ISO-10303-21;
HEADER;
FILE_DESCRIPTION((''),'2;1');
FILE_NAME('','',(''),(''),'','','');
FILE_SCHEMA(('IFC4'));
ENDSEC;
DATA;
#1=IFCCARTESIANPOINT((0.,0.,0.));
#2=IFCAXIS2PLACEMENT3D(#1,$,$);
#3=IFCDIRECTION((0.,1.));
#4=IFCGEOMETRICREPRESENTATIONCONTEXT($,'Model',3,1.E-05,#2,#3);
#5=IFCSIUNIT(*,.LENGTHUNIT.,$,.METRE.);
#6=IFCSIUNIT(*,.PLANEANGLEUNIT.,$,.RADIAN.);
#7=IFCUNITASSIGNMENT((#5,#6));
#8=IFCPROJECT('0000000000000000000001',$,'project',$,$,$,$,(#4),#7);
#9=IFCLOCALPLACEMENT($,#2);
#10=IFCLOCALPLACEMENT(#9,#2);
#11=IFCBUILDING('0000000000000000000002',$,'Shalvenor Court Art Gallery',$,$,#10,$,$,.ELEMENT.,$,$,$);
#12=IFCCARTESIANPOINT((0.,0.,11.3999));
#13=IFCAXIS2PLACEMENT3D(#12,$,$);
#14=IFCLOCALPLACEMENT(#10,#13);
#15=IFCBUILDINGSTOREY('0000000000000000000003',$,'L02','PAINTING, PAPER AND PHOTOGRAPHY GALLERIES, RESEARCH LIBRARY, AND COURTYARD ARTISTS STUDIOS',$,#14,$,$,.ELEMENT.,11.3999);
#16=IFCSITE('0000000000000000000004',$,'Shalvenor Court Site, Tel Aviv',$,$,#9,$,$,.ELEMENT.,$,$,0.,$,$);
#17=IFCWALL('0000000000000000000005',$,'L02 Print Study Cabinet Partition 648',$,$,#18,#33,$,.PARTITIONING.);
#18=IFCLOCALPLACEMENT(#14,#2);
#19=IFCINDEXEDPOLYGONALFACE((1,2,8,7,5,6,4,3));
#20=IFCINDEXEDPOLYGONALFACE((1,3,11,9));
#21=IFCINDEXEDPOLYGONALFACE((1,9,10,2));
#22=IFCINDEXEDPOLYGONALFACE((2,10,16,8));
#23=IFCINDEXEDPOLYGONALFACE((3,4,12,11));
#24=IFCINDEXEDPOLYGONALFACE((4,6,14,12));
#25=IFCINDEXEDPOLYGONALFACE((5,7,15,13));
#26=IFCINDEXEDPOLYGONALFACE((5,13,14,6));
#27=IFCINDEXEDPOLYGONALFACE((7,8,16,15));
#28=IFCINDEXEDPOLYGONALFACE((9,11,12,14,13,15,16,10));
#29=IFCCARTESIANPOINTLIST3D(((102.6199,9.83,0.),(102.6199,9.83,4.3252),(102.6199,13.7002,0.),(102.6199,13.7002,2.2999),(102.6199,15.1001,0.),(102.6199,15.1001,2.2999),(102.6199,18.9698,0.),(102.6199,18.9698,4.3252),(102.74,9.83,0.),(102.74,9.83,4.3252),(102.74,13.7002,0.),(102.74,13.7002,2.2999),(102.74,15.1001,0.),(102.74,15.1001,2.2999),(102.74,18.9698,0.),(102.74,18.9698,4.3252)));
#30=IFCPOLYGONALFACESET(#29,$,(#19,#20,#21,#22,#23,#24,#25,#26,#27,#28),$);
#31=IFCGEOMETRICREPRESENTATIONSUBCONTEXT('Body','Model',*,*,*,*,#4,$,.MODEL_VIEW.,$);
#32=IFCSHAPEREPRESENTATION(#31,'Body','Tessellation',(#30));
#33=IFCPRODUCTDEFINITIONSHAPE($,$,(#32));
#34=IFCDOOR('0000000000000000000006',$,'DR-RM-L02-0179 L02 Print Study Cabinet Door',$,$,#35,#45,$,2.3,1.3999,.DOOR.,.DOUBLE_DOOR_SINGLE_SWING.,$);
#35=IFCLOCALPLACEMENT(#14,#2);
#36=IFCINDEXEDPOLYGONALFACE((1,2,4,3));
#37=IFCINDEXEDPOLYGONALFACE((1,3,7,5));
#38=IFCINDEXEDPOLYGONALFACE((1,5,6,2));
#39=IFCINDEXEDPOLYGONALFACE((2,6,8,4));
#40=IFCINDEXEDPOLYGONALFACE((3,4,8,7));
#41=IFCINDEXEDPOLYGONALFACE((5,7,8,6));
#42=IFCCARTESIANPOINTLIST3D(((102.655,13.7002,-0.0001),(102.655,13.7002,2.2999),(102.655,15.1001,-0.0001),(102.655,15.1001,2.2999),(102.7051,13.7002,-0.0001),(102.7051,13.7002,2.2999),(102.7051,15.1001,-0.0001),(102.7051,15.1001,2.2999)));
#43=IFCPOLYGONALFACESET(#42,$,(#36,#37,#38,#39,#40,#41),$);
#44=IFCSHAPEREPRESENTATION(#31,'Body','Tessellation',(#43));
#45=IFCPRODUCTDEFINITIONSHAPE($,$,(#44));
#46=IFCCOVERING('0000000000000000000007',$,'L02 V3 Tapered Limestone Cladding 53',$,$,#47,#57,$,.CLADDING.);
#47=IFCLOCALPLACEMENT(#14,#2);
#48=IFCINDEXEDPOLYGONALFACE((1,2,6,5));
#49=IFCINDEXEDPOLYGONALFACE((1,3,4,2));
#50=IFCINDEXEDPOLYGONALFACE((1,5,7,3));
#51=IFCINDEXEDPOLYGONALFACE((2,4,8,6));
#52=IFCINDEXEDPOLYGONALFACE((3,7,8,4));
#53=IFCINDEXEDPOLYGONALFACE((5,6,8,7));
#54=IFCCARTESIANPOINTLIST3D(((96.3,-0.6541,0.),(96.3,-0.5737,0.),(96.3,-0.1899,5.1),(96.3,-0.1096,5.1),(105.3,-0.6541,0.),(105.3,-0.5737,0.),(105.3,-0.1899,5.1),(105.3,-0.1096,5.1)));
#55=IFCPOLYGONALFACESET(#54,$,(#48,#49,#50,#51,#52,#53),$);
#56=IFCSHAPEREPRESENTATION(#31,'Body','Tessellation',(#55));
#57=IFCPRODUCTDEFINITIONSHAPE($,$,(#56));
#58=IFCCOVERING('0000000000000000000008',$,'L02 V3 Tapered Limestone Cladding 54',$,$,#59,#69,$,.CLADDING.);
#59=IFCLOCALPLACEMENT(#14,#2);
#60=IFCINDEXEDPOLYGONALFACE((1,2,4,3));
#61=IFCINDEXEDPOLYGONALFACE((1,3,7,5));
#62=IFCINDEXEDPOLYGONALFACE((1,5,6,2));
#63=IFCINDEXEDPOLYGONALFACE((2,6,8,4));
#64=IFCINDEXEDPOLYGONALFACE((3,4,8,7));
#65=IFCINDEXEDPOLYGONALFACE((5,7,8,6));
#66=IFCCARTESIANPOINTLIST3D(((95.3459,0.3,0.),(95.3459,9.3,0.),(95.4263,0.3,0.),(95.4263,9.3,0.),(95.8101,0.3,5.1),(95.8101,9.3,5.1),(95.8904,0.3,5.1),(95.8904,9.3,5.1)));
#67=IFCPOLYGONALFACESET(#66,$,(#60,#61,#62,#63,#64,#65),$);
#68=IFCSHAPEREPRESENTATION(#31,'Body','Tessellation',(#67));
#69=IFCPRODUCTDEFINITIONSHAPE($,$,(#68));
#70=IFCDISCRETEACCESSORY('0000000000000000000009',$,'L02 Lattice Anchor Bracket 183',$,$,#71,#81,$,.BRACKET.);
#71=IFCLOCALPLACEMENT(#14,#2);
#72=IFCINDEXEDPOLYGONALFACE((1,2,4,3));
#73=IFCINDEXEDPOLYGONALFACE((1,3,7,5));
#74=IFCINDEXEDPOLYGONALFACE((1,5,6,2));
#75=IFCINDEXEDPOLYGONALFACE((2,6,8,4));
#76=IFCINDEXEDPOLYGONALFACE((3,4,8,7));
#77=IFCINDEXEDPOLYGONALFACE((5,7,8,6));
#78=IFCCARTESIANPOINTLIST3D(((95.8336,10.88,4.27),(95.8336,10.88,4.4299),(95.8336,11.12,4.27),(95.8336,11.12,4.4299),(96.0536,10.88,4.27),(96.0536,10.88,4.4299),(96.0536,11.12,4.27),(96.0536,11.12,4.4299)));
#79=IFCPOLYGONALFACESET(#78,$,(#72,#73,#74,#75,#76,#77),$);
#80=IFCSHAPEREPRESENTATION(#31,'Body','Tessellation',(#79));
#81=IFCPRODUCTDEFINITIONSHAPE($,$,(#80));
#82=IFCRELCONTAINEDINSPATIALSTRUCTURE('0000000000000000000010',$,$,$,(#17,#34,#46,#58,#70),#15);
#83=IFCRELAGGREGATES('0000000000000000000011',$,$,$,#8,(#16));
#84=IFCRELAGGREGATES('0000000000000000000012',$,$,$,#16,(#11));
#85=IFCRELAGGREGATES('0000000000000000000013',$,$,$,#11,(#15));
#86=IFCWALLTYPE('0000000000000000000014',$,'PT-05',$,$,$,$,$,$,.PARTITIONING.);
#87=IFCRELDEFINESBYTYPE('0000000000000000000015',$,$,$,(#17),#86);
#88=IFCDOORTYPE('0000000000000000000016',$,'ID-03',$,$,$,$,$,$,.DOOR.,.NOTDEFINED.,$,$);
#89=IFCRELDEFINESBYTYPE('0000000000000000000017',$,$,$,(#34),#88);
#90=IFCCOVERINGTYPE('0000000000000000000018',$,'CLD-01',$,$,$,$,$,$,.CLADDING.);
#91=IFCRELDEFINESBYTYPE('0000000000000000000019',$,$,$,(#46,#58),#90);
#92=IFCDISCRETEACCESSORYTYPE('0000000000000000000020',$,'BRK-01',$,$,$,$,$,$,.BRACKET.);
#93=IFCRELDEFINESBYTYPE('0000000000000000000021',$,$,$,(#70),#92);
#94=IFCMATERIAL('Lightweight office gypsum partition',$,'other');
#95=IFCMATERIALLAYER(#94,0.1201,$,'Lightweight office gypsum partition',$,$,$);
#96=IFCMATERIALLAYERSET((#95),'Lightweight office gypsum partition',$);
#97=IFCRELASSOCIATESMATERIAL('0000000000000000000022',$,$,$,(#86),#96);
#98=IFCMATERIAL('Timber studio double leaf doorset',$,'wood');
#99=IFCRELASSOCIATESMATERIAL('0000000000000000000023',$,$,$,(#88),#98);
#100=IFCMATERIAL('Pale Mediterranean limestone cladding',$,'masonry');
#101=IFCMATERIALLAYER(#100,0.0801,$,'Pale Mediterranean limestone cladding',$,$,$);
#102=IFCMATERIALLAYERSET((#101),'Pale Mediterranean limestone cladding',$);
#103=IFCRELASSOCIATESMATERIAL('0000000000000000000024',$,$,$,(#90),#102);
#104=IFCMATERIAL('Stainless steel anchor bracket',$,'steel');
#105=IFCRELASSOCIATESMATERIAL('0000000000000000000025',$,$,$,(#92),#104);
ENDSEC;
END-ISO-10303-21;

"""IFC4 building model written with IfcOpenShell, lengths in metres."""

from ifc_helpers import new_model, si_unit, direction, frame, frame_2d, origin, origin_2d, place, context, subcontext, project, spatial, polyline, rectangle, outline, extrude, material, layer, layer_set, type_object, element, fill, save


model = new_model("IFC4")

# Units and contexts
model_context = context("Model", 3, precision=1e-05, world=origin(), true_north=direction((0.0, 1.0)))
body_context = subcontext(model_context, "Body", "Model", "MODEL_VIEW")
ifc_project = project(units=[si_unit("LENGTHUNIT", "METRE"), si_unit("PLANEANGLEUNIT", "RADIAN")], contexts=[model_context])

# Site, building, storey
site_placement = place(None, origin())
site = spatial("IfcSite", under=ifc_project, at=site_placement, Name="Shalvenor Court Site, Tel Aviv", CompositionType="ELEMENT", RefElevation=0.0)
building_placement = place(site_placement, origin())
building = spatial("IfcBuilding", under=site, at=building_placement, Name="Shalvenor Court Art Gallery", CompositionType="ELEMENT")
storey_placement = place(building_placement, frame((0.0, 0.0, 11.3999)))
storey = spatial("IfcBuildingStorey", under=building, at=storey_placement, Name="L02", Description="PAINTING, PAPER AND PHOTOGRAPHY GALLERIES, RESEARCH LIBRARY, AND COURTYARD ARTISTS STUDIOS", CompositionType="ELEMENT", Elevation=11.3999)

# Wall, opening, door
ifc_material_1 = material(Name="Lightweight office gypsum partition", Category="other")
ifc_layer_1 = layer(ifc_material_1, 0.1201, Name="Lightweight office gypsum partition")
ifc_layer_set_1 = layer_set([ifc_layer_1], Name="Lightweight office gypsum partition")
wall_type_1 = type_object("IfcWallType", Name="PT-05", PredefinedType="PARTITIONING", material=ifc_layer_set_1)
wall_1_placement = place(storey_placement, frame((102.6799, 9.8301, 0.0), z_axis=(0.0, 0.0, 1.0), x_axis=(0.0, 1.0, 0.0)))
wall_1 = element("IfcWall", 1, at=wall_1_placement, inside=storey, type_object=wall_type_1, Name="L02 Print Study Cabinet Partition 648", PredefinedType="PARTITIONING", context=body_context, shape_type="SweptSolid", body=[
    extrude(rectangle(XDim=9.1399, YDim=0.1201, at=frame_2d((4.5698, 0.0))), origin(), (0.0, 0.0, 1.0), 4.3252),
])
opening_1_placement = place(wall_1_placement, frame((3.8701, 0.0, 0.0)))
opening_1 = element("IfcOpeningElement", 2, at=opening_1_placement, cuts=wall_1, PredefinedType="OPENING", context=body_context, shape_type="SweptSolid", body=[
    extrude(rectangle(XDim=1.3999, YDim=2.3, at=frame_2d((0.7, 1.1499))), frame((0.0, 0.0701, 0.0), z_axis=(0.0, -1.0, 0.0), x_axis=(1.0, 0.0, 0.0)), (0.0, 0.0, 1.0), 0.1401),
])
ifc_material_2 = material(Name="Timber studio double leaf doorset", Category="wood")
door_type_1 = type_object("IfcDoorType", Name="ID-03", OperationType="NOTDEFINED", PredefinedType="DOOR", material=ifc_material_2)
door_1_placement = place(opening_1_placement, origin())
door_1 = element("IfcDoor", 3, at=door_1_placement, inside=storey, type_object=door_type_1, Name="DR-RM-L02-0179 L02 Print Study Cabinet Door", OperationType="DOUBLE_DOOR_SINGLE_SWING", OverallHeight=2.3, OverallWidth=1.3999, PredefinedType="DOOR", context=body_context, shape_type="SweptSolid", body=[
    extrude(rectangle(XDim=1.3999, YDim=2.3, at=frame_2d((0.7, 1.1499))), frame((0.0, 0.0249, 0.0), z_axis=(0.0, -1.0, 0.0), x_axis=(1.0, 0.0, 0.0)), (0.0, 0.0, 1.0), 0.05),
])
fill(opening_1, door_1)

# Coverings
ifc_material_3 = material(Name="Pale Mediterranean limestone cladding", Category="masonry")
ifc_layer_2 = layer(ifc_material_3, 0.0801, Name="Pale Mediterranean limestone cladding")
ifc_layer_set_2 = layer_set([ifc_layer_2], Name="Pale Mediterranean limestone cladding")
covering_type = type_object("IfcCoveringType", Name="CLD-01", PredefinedType="CLADDING", material=ifc_layer_set_2)
for number, where, z_axis, x_axis, name in (
    (4, (96.3, -0.6541, 0.0), (0.0, 0.0, 1.0), (1.0, 0.0, 0.0), "L02 V3 Tapered Limestone Cladding 53"),
    (5, (95.3459, 9.3, 0.0), (0.0, 0.0, 1.0), (0.0, -1.0, 0.0), "L02 V3 Tapered Limestone Cladding 54"),
):
    element("IfcCovering", number, at=place(storey_placement, frame(where, z_axis=z_axis, x_axis=x_axis)), inside=storey, type_object=covering_type, Name=name, PredefinedType="CLADDING", context=body_context, shape_type="SweptSolid", body=[
        extrude(outline(polyline([(0.0, 0.0), (9.0, 0.0), (9.0, 5.1211), (0.0, 5.1211), (0.0, 0.0)])), frame((0.0, 0.0, 0.0), z_axis=(0.0, -0.995884, 0.090633), x_axis=(1.0, 0.0, 0.0)), (0.0, 0.090633, -0.995884), 0.0803),
    ])

# Discrete accessory
ifc_material_4 = material(Name="Stainless steel anchor bracket", Category="steel")
discrete_accessory_type = type_object("IfcDiscreteAccessoryType", Name="BRK-01", PredefinedType="BRACKET", material=ifc_material_4)
discrete_accessory_placement = place(storey_placement, frame((95.9436, 11.0, 4.27), z_axis=(0.0, 0.0, 1.0), x_axis=(0.0, 1.0, 0.0)))
element("IfcDiscreteAccessory", 6, at=discrete_accessory_placement, inside=storey, type_object=discrete_accessory_type, Name="L02 Lattice Anchor Bracket 183", PredefinedType="BRACKET", context=body_context, shape_type="SweptSolid", body=[
    extrude(rectangle(XDim=0.24, YDim=0.22, at=origin_2d()), origin(), (0.0, 0.0, 1.0), 0.1599),
])

save(model, "model.ifc")
